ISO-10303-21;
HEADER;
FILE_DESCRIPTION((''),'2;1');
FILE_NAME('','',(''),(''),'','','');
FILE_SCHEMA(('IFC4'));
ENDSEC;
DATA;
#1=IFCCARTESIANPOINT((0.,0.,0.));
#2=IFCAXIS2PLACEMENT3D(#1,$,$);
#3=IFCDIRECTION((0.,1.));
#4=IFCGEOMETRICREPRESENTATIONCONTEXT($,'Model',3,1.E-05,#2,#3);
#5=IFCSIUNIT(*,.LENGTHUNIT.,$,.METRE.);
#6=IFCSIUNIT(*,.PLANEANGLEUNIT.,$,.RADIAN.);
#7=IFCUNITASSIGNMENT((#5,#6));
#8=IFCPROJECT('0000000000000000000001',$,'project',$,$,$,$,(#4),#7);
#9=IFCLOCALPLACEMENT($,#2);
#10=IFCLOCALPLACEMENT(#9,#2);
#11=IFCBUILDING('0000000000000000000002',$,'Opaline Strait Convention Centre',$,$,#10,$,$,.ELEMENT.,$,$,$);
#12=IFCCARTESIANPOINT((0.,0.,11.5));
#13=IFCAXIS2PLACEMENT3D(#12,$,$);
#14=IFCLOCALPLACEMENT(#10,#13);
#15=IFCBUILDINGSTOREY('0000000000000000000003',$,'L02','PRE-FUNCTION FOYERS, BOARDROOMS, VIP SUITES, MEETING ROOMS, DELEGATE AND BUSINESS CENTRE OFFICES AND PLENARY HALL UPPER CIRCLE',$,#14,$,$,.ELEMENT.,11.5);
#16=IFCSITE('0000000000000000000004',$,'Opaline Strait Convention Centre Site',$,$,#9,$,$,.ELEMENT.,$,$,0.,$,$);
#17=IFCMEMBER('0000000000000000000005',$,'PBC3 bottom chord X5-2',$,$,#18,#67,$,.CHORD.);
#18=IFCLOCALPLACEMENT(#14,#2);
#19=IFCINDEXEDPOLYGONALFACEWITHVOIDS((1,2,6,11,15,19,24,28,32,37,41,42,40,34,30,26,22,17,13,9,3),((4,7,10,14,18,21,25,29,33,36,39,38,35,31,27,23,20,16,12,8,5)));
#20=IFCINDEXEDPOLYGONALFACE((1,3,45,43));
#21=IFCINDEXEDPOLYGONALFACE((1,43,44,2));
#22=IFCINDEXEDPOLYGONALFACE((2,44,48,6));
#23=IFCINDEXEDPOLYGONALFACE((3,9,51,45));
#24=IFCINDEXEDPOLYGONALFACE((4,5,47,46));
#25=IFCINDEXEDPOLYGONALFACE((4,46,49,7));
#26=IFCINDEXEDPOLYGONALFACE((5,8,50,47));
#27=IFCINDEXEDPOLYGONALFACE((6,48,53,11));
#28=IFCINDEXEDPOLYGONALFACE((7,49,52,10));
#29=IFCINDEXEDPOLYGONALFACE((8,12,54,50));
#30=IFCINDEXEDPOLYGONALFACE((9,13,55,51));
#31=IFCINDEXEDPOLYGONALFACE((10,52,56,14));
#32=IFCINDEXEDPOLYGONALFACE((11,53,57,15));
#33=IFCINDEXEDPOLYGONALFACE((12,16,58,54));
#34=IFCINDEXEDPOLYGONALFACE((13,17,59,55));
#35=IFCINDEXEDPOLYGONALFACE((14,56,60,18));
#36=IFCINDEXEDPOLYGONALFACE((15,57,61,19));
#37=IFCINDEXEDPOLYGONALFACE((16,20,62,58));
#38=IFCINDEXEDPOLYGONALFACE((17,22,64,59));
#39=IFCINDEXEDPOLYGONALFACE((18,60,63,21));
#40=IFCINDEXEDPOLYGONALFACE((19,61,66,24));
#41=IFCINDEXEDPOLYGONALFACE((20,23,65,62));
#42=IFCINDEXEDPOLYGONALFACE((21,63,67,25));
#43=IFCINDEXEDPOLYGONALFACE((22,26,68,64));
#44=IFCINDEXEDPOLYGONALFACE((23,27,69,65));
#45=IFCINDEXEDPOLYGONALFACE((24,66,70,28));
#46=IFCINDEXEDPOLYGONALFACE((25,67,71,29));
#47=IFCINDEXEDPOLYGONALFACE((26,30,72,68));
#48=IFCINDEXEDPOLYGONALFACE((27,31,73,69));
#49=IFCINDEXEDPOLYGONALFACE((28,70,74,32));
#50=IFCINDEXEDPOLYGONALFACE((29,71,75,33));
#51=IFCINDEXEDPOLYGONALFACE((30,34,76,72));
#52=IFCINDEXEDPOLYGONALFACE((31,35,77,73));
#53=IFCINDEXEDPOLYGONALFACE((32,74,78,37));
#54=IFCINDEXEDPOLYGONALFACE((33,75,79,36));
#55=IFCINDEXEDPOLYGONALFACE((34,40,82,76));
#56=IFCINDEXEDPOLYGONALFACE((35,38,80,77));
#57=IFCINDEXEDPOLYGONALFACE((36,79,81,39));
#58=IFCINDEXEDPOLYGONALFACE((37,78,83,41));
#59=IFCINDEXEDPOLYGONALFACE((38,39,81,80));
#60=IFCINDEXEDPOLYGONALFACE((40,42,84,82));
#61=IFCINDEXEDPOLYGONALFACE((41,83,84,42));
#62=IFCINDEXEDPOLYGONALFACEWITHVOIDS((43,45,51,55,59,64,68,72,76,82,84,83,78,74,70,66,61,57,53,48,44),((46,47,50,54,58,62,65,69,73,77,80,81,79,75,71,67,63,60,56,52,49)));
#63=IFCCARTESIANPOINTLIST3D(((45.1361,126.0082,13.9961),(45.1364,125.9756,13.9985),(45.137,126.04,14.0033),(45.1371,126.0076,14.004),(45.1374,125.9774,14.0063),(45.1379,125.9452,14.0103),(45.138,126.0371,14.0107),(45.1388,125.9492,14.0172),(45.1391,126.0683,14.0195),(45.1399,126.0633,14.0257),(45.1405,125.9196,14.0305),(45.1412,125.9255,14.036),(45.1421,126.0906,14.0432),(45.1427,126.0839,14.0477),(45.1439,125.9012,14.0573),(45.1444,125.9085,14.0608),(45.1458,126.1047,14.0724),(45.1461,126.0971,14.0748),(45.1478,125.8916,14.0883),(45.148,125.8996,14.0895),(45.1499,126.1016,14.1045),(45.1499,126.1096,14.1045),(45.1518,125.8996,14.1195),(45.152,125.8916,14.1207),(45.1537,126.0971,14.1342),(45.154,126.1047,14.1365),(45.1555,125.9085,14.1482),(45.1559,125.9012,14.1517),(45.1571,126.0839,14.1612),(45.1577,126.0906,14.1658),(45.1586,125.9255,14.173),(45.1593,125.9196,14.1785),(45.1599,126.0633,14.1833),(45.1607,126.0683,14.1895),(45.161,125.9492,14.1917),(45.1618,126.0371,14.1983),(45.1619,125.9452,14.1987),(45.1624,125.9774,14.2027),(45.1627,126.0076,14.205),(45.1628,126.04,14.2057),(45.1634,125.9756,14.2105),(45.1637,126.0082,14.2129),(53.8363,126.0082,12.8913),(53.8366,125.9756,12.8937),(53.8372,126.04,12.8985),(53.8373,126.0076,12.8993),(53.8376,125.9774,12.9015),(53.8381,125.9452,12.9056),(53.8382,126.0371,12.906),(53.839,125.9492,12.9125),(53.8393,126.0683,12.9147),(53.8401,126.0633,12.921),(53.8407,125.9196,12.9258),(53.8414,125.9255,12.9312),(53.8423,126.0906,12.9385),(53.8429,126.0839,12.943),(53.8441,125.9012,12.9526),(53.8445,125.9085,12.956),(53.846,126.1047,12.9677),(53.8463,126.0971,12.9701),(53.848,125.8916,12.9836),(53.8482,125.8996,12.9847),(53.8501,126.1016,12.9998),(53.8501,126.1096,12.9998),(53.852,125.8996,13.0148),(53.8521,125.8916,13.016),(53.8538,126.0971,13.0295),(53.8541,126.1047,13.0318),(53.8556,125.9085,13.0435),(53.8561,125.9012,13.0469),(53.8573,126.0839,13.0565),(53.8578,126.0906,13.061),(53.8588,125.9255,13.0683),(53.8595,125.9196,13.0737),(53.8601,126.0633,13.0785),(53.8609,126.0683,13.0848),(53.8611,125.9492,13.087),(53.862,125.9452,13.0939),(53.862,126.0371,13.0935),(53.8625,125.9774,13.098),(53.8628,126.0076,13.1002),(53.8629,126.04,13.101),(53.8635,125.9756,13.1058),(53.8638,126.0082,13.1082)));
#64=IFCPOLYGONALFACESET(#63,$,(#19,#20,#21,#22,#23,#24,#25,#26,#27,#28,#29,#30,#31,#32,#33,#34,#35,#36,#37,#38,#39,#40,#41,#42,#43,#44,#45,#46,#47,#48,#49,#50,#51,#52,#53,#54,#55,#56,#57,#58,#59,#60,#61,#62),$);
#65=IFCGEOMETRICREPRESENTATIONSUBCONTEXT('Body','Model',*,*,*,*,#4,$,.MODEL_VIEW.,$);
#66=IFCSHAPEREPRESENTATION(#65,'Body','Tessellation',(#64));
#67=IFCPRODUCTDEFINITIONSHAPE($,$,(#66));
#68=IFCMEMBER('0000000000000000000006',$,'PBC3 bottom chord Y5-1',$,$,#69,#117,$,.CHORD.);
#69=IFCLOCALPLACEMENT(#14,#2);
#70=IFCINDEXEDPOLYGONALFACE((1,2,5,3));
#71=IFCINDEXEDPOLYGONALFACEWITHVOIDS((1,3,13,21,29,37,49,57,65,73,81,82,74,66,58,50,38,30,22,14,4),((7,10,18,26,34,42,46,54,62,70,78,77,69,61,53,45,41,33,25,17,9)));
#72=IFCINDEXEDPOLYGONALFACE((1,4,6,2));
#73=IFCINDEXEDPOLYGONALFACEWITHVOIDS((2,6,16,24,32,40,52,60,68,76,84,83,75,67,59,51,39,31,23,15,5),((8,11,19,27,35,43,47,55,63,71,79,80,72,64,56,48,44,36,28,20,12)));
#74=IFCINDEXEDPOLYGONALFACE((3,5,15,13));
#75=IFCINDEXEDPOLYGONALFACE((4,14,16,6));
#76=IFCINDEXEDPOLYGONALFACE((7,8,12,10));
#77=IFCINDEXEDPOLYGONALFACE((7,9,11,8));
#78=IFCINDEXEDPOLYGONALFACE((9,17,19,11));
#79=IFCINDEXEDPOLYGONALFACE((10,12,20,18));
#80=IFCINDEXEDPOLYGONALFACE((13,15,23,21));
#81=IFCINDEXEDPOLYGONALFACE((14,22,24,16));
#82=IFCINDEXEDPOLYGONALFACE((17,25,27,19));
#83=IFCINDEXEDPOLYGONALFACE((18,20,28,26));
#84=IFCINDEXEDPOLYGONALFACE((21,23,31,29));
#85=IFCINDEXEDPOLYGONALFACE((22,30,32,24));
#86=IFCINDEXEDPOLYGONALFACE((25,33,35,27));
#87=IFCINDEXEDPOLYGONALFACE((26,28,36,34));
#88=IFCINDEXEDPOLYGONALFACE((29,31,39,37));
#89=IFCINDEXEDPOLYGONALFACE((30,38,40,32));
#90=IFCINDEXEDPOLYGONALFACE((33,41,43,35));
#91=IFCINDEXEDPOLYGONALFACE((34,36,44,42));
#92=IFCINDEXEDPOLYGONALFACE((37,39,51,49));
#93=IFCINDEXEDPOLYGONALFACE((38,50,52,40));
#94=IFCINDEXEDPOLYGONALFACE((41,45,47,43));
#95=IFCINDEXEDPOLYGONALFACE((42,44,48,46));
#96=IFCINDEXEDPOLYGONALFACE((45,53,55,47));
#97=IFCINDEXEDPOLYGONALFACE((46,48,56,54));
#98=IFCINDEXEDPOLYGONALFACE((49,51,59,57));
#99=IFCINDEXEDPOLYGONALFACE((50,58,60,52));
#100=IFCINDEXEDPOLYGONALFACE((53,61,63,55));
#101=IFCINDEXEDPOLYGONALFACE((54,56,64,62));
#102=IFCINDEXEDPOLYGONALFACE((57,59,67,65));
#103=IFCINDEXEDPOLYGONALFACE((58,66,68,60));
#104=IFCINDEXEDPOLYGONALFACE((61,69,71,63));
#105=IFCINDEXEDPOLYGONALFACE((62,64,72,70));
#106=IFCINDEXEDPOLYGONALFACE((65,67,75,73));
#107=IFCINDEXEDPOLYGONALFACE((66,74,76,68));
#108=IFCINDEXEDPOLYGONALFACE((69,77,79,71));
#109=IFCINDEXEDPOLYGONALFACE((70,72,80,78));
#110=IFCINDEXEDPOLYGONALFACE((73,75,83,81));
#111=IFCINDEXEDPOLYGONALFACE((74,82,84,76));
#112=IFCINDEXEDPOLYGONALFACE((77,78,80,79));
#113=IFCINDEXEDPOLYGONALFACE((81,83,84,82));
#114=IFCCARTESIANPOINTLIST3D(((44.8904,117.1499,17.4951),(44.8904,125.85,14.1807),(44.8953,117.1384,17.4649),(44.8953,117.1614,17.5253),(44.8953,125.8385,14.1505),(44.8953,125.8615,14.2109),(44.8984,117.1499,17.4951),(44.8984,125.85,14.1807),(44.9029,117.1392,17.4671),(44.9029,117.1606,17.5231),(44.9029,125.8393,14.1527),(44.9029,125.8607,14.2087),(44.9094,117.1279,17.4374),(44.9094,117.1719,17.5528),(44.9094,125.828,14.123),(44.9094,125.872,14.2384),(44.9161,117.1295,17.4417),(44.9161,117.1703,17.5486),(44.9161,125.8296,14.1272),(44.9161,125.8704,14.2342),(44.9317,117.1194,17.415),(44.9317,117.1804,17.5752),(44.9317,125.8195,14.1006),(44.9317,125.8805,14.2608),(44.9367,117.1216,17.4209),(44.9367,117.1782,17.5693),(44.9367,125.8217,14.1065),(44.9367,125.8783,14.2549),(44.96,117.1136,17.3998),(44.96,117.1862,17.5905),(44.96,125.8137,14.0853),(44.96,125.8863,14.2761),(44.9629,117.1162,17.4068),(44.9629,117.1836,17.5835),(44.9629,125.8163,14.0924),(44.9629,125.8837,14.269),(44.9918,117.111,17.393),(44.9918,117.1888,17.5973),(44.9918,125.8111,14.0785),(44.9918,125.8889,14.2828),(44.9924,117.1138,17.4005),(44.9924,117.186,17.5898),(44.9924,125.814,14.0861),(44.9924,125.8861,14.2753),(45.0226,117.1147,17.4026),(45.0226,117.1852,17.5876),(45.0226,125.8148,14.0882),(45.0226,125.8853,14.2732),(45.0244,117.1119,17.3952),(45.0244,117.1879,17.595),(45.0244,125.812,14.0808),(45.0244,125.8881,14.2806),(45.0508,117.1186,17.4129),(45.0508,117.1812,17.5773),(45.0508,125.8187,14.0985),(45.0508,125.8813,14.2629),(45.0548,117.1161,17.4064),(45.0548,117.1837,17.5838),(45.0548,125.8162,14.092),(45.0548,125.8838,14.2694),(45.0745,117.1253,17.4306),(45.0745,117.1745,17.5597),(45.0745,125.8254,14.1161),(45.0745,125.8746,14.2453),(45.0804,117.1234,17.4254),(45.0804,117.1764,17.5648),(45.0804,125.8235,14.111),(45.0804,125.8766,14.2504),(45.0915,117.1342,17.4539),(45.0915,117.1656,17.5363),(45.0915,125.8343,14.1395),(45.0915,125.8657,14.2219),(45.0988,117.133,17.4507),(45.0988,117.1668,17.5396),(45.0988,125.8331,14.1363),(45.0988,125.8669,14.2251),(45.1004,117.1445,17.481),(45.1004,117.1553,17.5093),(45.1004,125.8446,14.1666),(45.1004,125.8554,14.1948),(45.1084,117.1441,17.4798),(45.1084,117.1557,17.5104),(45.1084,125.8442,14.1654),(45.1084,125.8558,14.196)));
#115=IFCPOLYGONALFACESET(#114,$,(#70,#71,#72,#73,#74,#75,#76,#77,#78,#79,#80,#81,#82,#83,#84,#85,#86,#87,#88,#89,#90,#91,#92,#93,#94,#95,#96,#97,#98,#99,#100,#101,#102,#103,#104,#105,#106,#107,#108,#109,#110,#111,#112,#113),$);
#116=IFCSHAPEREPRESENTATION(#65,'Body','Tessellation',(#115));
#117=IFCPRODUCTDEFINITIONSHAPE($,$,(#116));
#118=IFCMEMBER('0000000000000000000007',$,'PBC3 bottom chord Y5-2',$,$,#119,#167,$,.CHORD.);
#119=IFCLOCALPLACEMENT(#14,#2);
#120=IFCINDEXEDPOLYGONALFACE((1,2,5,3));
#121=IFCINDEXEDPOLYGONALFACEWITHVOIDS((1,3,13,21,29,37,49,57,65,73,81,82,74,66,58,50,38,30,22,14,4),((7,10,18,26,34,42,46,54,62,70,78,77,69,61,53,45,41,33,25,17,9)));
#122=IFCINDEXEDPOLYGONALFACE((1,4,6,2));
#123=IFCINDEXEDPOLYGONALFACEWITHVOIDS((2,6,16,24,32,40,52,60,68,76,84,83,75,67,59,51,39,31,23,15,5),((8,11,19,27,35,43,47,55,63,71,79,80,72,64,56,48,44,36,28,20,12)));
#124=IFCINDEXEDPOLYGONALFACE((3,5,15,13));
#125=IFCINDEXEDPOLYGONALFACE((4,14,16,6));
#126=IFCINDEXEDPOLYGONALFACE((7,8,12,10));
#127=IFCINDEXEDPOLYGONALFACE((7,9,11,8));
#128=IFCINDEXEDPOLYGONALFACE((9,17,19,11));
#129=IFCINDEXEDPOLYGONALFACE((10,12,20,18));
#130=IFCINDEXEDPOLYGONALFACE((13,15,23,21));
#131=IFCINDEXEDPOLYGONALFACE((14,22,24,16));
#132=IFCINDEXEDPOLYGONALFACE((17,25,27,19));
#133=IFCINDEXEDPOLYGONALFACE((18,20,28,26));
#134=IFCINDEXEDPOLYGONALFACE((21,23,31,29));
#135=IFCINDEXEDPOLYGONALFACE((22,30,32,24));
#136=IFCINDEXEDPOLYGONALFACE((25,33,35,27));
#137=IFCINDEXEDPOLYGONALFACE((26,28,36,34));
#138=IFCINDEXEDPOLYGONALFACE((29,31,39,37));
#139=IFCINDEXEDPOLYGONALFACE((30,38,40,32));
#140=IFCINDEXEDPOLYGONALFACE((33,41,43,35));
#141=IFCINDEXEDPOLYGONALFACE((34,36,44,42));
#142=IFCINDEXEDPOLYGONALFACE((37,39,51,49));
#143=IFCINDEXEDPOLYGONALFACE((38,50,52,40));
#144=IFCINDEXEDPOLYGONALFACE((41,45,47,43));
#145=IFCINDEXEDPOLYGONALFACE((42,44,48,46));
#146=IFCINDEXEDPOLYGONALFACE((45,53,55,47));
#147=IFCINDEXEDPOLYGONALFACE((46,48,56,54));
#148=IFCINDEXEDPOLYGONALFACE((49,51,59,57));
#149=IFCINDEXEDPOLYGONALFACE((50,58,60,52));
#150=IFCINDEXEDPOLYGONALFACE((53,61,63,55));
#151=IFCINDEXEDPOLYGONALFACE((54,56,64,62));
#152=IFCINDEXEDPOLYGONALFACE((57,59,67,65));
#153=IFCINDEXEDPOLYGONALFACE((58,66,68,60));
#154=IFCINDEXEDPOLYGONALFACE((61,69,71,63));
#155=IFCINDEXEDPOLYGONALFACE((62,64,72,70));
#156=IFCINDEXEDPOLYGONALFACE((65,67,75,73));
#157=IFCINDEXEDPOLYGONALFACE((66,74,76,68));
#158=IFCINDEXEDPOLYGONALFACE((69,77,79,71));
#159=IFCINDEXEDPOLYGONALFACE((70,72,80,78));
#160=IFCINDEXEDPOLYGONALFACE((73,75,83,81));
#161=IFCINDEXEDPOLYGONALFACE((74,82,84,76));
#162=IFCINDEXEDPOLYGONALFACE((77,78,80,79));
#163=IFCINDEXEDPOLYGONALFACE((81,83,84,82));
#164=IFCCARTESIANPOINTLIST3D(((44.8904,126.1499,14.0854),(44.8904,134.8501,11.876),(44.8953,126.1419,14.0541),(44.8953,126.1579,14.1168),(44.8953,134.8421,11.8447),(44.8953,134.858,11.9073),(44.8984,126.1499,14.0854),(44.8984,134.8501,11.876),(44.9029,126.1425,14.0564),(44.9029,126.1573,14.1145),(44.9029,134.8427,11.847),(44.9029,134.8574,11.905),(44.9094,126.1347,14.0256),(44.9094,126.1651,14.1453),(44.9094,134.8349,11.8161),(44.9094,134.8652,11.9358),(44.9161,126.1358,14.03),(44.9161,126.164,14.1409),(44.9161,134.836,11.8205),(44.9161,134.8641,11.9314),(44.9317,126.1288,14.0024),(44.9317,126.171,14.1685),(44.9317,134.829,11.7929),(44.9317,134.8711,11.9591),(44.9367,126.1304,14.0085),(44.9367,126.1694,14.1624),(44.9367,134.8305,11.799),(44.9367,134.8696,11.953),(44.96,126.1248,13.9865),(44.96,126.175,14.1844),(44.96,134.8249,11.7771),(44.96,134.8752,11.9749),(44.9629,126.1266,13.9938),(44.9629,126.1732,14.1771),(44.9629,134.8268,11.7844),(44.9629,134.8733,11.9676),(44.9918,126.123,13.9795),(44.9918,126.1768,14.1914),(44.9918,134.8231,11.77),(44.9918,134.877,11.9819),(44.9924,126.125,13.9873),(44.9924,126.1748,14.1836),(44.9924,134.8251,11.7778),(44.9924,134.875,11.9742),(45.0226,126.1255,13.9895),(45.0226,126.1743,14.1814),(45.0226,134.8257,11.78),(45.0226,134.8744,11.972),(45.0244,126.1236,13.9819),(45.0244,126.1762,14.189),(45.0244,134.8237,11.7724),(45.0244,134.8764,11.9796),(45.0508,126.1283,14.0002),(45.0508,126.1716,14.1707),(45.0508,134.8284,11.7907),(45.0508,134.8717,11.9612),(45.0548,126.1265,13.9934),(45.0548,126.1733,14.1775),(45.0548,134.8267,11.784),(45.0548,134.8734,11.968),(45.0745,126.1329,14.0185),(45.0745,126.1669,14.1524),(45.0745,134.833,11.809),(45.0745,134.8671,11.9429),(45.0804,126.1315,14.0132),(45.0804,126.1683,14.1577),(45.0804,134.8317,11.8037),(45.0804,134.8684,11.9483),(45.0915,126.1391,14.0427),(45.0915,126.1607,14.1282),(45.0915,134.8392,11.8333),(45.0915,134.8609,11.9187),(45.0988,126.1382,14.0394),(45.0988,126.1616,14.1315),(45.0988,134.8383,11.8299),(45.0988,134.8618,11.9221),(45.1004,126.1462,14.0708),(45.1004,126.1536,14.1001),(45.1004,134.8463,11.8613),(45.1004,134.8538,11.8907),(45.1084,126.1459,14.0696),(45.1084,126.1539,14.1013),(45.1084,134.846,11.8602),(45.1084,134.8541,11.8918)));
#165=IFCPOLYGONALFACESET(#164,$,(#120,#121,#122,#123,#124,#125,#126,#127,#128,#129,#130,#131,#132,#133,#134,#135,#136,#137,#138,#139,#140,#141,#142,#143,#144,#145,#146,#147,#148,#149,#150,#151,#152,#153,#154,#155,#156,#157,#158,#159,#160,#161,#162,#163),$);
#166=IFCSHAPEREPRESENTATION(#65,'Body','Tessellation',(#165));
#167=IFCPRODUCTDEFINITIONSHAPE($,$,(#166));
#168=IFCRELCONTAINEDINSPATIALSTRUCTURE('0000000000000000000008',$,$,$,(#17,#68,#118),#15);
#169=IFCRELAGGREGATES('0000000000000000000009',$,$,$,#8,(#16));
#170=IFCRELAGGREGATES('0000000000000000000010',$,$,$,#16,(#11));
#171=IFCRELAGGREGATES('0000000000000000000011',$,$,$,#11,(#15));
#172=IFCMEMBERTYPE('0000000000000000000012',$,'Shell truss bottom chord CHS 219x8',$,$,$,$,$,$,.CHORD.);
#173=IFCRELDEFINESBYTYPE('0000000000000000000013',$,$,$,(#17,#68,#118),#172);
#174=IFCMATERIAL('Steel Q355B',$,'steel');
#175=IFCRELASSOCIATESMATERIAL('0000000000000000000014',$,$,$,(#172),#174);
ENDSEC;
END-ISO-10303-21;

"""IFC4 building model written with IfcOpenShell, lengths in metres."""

from ifc_helpers import new_model, si_unit, direction, frame, origin, origin_2d, place, context, subcontext, project, spatial, hollow_circle, extrude, material, material_profile, profile_set, type_object, element, save


model = new_model("IFC4")

# Units and contexts
model_context = context("Model", 3, precision=1e-05, world=origin(), true_north=direction((0.0, 1.0)))
body_context = subcontext(model_context, "Body", "Model", "MODEL_VIEW")
ifc_project = project(units=[si_unit("LENGTHUNIT", "METRE"), si_unit("PLANEANGLEUNIT", "RADIAN")], contexts=[model_context])

# Site, building, storey
site_placement = place(None, origin())
site = spatial("IfcSite", under=ifc_project, at=site_placement, Name="Opaline Strait Convention Centre Site", CompositionType="ELEMENT", RefElevation=0.0)
building_placement = place(site_placement, origin())
building = spatial("IfcBuilding", under=site, at=building_placement, Name="Opaline Strait Convention Centre", CompositionType="ELEMENT")
storey_placement = place(building_placement, frame((0.0, 0.0, 11.5)))
storey = spatial("IfcBuildingStorey", under=building, at=storey_placement, Name="L02", Description="PRE-FUNCTION FOYERS, BOARDROOMS, VIP SUITES, MEETING ROOMS, DELEGATE AND BUSINESS CENTRE OFFICES AND PLENARY HALL UPPER CIRCLE", CompositionType="ELEMENT", Elevation=11.5)

# Members
ifc_material_1 = material(Name="Steel Q355B", Category="steel")
ifc_material_profile_1 = material_profile(ifc_material_1, hollow_circle(Radius=0.1096, WallThickness=0.0081, at=origin_2d()), Name="CHS 219x8")
ifc_profile_set_1 = profile_set([ifc_material_profile_1], Name="Steel Q355B")
member_type_1 = type_object("IfcMemberType", Name="Shell truss bottom chord CHS 219x8", PredefinedType="CHORD", material=ifc_profile_set_1)
member_1_placement = place(storey_placement, frame((45.1499, 126.0, 14.1045), z_axis=(0.992034, 0.0, -0.125967), x_axis=(0.0, 1.0, 0.0)))
element("IfcMember", 1, at=member_1_placement, inside=storey, type_object=member_type_1, Name="PBC3 bottom chord X5-2", PredefinedType="CHORD", context=body_context, shape_type="SweptSolid", body=[
    extrude(hollow_circle(Radius=0.1096, WallThickness=0.0081, at=origin_2d()), origin(), (0.0, 0.0, 1.0), 8.77),
])
member_2_placement = place(storey_placement, frame((45.0, 117.1499, 17.4951), z_axis=(0.0, 0.934484, -0.356004), x_axis=(-1.0, 0.0, 0.0)))
element("IfcMember", 2, at=member_2_placement, inside=storey, type_object=member_type_1, Name="PBC3 bottom chord Y5-1", PredefinedType="CHORD", context=body_context, shape_type="SweptSolid", body=[
    extrude(hollow_circle(Radius=0.1096, WallThickness=0.0081, at=origin_2d()), origin(), (0.0, 0.0, 1.0), 9.3101),
])
member_3_placement = place(storey_placement, frame((45.0, 126.1499, 14.0854), z_axis=(0.0, 0.969233, -0.246143), x_axis=(-1.0, 0.0, 0.0)))
element("IfcMember", 3, at=member_3_placement, inside=storey, type_object=member_type_1, Name="PBC3 bottom chord Y5-2", PredefinedType="CHORD", context=body_context, shape_type="SweptSolid", body=[
    extrude(hollow_circle(Radius=0.1096, WallThickness=0.0081, at=origin_2d()), origin(), (0.0, 0.0, 1.0), 8.9763),
])

save(model, "model.ifc")
